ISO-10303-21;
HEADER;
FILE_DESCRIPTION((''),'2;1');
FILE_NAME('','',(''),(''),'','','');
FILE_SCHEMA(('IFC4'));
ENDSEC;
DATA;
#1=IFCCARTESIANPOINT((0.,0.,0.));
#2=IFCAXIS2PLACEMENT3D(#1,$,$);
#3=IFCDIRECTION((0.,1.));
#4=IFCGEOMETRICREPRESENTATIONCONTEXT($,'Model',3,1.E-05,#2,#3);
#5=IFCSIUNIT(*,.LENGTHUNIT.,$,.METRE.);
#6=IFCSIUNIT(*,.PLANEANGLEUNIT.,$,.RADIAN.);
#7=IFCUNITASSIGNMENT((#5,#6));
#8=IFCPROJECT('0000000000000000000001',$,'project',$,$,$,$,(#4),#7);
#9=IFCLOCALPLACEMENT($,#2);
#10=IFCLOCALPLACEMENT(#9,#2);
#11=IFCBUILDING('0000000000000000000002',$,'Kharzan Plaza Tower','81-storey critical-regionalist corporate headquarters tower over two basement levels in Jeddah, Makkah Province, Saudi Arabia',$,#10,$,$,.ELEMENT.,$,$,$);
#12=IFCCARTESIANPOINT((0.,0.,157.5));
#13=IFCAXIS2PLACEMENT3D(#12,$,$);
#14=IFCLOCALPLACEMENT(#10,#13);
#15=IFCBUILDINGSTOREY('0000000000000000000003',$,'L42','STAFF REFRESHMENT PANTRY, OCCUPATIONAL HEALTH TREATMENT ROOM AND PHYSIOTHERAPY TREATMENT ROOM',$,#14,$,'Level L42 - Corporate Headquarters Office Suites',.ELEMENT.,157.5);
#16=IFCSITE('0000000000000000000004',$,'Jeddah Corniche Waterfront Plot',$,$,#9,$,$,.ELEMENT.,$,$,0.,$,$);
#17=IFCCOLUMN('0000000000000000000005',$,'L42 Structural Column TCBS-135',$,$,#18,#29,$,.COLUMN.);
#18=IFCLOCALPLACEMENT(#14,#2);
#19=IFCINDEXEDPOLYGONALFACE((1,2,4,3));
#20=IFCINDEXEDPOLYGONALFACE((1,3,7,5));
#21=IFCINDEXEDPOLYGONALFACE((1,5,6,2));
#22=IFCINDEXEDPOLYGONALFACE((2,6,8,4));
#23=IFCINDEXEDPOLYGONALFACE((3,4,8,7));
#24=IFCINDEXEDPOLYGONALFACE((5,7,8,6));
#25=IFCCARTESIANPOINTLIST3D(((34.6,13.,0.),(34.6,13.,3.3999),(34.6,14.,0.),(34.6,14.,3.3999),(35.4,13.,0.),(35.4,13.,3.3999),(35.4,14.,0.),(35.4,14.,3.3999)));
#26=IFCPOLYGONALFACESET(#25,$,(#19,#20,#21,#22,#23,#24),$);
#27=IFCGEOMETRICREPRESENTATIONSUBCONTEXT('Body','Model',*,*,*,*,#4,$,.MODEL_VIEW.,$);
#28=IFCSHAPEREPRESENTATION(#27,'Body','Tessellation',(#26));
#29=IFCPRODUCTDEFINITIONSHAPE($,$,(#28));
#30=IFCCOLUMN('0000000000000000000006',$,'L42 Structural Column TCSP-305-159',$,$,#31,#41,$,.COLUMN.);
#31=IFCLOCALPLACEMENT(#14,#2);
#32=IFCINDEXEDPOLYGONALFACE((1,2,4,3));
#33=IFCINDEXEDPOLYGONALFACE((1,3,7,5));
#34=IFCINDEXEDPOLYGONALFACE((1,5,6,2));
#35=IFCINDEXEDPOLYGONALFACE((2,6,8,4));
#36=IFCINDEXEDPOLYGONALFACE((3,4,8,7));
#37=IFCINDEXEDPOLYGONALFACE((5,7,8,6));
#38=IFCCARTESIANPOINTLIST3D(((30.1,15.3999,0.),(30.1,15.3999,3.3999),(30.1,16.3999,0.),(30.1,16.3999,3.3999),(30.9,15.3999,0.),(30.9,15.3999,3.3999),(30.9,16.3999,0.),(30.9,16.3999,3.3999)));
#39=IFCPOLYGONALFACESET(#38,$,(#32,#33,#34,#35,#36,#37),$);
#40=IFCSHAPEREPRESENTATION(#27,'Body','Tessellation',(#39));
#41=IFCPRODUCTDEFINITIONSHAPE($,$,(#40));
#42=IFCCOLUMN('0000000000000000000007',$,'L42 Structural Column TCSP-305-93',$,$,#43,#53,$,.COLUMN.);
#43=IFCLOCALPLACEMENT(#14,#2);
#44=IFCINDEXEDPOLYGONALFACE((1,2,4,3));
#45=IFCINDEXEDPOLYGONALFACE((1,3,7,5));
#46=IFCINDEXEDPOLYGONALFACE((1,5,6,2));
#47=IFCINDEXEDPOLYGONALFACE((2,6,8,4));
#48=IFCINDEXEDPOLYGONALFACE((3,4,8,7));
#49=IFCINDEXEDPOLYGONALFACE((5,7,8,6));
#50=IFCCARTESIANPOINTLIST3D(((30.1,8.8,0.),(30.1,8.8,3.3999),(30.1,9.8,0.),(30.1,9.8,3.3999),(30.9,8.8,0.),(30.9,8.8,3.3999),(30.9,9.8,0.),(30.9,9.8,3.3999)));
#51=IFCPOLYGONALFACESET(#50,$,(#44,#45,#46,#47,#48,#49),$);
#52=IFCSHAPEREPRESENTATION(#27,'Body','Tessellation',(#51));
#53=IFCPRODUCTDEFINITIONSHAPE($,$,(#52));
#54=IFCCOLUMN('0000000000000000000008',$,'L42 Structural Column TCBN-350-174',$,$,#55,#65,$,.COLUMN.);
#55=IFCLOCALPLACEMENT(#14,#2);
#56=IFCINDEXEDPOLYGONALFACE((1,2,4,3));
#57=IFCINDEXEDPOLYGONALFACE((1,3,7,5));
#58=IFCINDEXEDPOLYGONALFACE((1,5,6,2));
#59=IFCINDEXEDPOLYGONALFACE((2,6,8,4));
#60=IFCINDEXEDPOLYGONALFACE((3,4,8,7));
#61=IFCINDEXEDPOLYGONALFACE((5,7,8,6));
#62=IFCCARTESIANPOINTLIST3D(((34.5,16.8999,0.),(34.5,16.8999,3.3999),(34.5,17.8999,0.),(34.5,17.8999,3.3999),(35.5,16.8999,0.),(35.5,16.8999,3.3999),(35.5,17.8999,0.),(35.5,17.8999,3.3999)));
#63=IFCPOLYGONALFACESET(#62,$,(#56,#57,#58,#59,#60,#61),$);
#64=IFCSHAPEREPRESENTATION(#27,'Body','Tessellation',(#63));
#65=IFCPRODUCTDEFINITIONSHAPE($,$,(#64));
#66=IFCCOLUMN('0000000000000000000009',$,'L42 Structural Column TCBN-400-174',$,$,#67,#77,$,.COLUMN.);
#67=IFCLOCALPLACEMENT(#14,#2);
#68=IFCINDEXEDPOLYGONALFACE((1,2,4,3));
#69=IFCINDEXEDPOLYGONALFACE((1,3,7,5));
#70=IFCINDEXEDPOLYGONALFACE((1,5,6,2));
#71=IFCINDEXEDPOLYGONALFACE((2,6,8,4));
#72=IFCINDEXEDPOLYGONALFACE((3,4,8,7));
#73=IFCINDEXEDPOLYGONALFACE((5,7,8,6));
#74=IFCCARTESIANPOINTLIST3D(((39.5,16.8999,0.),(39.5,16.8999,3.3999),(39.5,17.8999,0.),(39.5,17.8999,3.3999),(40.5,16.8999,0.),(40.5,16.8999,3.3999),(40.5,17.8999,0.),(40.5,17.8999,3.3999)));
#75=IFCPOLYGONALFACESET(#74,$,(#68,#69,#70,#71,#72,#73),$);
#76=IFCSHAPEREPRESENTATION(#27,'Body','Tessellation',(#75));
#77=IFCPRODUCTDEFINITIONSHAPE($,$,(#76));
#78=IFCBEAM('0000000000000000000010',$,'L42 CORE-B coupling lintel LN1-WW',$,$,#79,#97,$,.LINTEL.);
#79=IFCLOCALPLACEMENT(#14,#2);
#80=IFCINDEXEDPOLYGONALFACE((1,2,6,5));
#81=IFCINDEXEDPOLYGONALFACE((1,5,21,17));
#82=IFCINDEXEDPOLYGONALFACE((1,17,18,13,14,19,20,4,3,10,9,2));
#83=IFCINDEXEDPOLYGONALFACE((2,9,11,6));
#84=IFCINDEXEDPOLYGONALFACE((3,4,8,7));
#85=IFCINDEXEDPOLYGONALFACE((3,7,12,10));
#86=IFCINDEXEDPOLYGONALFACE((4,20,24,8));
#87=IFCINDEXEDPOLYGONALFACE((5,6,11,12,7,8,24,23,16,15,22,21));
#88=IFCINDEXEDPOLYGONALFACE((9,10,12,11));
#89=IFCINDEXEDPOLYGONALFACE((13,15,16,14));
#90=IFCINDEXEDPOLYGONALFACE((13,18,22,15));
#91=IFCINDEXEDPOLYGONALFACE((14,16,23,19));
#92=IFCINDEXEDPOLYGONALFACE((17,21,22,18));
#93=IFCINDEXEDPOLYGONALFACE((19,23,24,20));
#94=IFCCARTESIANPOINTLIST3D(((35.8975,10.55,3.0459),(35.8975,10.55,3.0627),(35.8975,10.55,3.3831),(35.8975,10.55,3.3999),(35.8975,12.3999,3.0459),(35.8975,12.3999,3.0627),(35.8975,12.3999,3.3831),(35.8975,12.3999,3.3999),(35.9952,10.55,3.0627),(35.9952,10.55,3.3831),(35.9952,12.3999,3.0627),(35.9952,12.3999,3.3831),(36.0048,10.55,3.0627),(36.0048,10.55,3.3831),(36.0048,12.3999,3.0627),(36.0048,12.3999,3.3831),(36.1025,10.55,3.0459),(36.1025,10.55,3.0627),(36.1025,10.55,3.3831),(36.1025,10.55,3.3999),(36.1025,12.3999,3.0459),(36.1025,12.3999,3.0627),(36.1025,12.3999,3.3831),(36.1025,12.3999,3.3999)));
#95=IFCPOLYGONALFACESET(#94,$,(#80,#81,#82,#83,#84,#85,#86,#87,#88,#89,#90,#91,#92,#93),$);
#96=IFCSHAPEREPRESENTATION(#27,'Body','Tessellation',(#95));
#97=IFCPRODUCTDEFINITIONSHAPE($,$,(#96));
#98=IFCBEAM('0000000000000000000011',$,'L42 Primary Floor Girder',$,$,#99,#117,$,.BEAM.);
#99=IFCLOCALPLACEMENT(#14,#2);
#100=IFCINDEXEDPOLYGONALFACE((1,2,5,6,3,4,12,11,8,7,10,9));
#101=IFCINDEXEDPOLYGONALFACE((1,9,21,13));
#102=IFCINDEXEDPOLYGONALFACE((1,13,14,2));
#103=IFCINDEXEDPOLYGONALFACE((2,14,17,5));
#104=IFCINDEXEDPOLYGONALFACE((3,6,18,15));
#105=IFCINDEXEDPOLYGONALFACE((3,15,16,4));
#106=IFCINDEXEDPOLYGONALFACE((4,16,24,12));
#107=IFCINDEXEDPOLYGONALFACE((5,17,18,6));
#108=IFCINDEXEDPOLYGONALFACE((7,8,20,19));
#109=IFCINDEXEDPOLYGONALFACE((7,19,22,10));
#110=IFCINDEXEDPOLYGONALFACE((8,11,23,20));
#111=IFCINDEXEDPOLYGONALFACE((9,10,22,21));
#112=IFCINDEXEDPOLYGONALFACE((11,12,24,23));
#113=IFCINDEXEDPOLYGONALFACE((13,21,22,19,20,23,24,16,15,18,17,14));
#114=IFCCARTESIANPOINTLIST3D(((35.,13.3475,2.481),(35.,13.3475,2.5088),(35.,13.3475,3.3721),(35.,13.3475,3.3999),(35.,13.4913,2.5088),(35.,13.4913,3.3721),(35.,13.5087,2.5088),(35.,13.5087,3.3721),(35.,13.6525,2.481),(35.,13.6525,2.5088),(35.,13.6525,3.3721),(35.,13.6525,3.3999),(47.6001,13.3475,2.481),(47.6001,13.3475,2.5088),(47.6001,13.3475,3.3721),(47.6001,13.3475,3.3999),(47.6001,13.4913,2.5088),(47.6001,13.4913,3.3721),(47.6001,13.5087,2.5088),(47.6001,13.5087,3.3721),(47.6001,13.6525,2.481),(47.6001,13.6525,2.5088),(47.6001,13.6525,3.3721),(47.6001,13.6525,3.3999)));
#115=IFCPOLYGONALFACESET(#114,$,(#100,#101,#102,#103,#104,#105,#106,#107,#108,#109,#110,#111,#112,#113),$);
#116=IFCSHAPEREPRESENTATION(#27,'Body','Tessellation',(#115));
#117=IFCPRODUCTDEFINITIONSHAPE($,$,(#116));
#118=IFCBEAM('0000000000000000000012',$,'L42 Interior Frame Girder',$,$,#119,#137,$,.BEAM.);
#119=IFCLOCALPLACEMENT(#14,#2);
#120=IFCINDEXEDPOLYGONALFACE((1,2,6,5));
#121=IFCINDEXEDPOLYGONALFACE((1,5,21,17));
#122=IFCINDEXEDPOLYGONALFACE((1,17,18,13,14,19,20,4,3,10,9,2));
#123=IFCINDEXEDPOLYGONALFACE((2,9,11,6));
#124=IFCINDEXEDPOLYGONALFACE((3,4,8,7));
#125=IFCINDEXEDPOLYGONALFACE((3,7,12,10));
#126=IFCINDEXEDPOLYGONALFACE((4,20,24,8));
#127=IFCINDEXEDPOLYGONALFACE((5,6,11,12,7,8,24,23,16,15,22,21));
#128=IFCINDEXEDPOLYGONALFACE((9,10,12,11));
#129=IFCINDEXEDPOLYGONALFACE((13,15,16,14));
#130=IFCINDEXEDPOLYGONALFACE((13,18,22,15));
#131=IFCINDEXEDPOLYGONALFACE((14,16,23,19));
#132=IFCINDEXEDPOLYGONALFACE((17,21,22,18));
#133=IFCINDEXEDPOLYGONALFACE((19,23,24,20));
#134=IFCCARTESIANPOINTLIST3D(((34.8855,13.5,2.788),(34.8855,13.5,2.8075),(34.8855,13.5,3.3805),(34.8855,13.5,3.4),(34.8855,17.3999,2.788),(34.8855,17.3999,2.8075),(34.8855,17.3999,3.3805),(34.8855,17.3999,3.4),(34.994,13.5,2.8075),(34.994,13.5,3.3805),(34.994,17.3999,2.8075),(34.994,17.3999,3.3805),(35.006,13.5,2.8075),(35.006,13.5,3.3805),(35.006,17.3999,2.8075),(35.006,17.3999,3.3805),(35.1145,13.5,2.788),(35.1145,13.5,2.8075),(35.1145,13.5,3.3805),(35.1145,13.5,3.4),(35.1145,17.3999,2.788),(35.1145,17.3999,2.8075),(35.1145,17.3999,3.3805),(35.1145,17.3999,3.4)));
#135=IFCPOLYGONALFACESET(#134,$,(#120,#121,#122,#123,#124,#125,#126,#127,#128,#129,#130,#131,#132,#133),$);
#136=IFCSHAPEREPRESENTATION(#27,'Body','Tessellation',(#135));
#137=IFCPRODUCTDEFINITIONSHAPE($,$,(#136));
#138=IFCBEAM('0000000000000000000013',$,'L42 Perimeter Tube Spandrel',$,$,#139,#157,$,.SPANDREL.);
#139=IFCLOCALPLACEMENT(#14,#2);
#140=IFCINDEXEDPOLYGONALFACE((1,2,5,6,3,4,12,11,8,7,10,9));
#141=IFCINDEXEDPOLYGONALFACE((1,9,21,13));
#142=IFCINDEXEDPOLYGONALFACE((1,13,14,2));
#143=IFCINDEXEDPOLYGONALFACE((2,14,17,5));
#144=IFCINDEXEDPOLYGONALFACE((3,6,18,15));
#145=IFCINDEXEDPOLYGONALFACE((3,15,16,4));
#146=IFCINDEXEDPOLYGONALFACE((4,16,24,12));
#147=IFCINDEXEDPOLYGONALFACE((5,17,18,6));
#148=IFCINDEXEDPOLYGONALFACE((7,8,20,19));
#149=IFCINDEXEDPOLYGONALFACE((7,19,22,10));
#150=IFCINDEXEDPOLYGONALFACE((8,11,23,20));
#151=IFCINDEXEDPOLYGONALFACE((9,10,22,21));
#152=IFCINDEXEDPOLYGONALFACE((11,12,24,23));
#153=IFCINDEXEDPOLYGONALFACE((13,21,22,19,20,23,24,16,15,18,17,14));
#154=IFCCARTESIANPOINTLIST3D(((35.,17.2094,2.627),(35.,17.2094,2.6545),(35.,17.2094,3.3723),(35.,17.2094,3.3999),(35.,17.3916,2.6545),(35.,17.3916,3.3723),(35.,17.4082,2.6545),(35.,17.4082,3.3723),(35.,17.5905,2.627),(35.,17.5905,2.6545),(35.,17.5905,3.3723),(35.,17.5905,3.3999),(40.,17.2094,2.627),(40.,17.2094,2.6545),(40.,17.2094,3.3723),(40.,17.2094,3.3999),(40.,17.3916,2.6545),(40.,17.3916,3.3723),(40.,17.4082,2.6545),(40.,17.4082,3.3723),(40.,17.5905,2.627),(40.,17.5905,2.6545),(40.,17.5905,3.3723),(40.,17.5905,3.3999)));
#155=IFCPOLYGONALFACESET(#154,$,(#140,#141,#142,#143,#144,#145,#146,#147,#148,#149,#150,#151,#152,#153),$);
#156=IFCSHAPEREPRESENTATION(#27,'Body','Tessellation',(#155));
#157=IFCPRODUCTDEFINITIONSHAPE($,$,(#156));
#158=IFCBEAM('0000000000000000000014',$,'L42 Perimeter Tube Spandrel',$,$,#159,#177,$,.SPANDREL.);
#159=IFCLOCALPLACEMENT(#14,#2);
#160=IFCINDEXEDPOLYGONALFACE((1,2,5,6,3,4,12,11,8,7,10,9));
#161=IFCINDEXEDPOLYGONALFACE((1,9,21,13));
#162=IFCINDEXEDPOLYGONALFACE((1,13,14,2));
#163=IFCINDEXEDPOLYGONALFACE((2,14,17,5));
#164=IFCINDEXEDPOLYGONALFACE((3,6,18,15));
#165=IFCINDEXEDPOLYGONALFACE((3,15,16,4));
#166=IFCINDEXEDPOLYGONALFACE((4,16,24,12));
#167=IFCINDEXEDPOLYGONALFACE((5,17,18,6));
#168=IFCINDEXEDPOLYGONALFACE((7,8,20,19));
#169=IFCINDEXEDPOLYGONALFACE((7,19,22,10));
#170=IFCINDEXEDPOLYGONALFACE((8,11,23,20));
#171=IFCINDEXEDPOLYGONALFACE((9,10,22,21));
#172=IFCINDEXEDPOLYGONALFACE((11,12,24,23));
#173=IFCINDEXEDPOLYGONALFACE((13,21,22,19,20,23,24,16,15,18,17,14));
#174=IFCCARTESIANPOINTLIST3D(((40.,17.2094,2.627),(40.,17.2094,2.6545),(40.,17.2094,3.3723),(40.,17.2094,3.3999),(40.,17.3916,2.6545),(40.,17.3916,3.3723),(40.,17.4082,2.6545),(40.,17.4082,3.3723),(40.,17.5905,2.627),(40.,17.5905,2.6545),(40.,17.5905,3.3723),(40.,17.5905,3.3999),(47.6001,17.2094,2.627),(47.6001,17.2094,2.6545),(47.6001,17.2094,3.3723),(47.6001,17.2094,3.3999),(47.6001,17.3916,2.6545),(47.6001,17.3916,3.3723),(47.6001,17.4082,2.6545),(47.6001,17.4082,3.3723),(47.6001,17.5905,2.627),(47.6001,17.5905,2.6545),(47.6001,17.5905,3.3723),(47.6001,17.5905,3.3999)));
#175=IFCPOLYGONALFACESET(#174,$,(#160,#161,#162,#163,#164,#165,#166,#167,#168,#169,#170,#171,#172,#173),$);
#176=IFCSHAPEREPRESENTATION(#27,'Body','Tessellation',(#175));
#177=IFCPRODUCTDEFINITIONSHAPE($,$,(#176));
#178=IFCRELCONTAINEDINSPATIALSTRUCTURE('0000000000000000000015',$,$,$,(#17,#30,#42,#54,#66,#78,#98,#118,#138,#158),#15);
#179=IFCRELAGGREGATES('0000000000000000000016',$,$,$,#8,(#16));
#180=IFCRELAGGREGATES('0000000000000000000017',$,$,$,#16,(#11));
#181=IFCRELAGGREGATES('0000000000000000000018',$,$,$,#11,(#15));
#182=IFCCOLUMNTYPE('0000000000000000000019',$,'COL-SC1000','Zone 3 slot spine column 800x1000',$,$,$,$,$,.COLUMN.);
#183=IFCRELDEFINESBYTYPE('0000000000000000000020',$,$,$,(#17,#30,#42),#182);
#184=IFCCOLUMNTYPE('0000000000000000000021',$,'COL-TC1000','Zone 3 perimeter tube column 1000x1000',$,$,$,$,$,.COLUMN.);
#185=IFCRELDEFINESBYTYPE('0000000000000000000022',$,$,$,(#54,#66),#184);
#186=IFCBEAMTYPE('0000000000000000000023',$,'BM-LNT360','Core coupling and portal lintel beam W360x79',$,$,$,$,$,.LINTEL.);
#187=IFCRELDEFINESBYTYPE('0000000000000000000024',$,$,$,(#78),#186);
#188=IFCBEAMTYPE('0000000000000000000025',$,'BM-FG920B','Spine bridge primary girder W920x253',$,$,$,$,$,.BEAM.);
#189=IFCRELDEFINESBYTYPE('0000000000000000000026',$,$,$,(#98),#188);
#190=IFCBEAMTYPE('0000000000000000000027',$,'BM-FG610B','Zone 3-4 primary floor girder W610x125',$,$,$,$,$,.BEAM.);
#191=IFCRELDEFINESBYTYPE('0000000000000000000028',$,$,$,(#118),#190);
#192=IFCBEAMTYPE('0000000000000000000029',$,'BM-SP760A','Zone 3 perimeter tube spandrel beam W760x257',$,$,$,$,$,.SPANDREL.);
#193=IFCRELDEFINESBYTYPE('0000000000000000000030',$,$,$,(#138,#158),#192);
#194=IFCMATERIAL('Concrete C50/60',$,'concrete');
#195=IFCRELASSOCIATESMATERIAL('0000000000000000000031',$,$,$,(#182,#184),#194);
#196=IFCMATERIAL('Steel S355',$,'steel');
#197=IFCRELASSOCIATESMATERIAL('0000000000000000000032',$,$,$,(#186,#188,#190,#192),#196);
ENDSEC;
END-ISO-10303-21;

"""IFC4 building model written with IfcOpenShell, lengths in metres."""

from ifc_helpers import new_model, si_unit, direction, frame, origin, origin_2d, place, context, subcontext, project, spatial, rectangle, i_section, extrude, source, transform, mapped, material, material_profile, profile_set, type_object, element, save


model = new_model("IFC4")

# Units and contexts
model_context = context("Model", 3, precision=1e-05, world=origin(), true_north=direction((0.0, 1.0)))
body_context = subcontext(model_context, "Body", "Model", "MODEL_VIEW")
ifc_project = project(units=[si_unit("LENGTHUNIT", "METRE"), si_unit("PLANEANGLEUNIT", "RADIAN")], contexts=[model_context])

# Site, building, storey
site_placement = place(None, origin())
site = spatial("IfcSite", under=ifc_project, at=site_placement, Name="Jeddah Corniche Waterfront Plot", CompositionType="ELEMENT", RefElevation=0.0)
building_placement = place(site_placement, origin())
building = spatial("IfcBuilding", under=site, at=building_placement, Name="Kharzan Plaza Tower", Description="81-storey critical-regionalist corporate headquarters tower over two basement levels in Jeddah, Makkah Province, Saudi Arabia", CompositionType="ELEMENT")
storey_placement = place(building_placement, frame((0.0, 0.0, 157.5)))
storey = spatial("IfcBuildingStorey", under=building, at=storey_placement, Name="L42", Description="STAFF REFRESHMENT PANTRY, OCCUPATIONAL HEALTH TREATMENT ROOM AND PHYSIOTHERAPY TREATMENT ROOM", LongName="Level L42 - Corporate Headquarters Office Suites", CompositionType="ELEMENT", Elevation=157.5)

# Columns
ifc_material_1 = material(Name="Concrete C50/60", Category="concrete")
ifc_material_profile_1 = material_profile(ifc_material_1, rectangle(XDim=0.8, YDim=1.0, at=origin_2d()), Name="RC-SC1000x800")
ifc_profile_set_1 = profile_set([ifc_material_profile_1], Name="Concrete C50/60")
column_type_1 = type_object("IfcColumnType", Name="COL-SC1000", Description="Zone 3 slot spine column 800x1000", PredefinedType="COLUMN", material=ifc_profile_set_1)
shared_shape_1 = source(origin(), body_context, "Body", "SweptSolid", [
    extrude(rectangle(XDim=0.8, YDim=1.0, at=origin_2d()), origin(), (0.0, 0.0, 1.0), 3.3999),
])
for number, where, z_axis, x_axis, name in (
    (1, (35.0, 13.5, 0.0), (0.0, 0.0, 1.0), (1.0, 0.0, 0.0), "L42 Structural Column TCBS-135"),
    (2, (30.5, 15.8999, 0.0), (0.0, 0.0, 1.0), (1.0, 0.0, 0.0), "L42 Structural Column TCSP-305-159"),
    (3, (30.5, 9.3, 0.0), (0.0, 0.0, 1.0), (1.0, 0.0, 0.0), "L42 Structural Column TCSP-305-93"),
):
    element("IfcColumn", number, at=place(storey_placement, frame(where, z_axis=z_axis, x_axis=x_axis)), inside=storey, type_object=column_type_1, Name=name, PredefinedType="COLUMN", context=body_context, shape_type="MappedRepresentation", body=[
        mapped(shared_shape_1, transform((0.0, 0.0, 0.0), x_axis=(1.0, 0.0, 0.0), y_axis=(0.0, 1.0, 0.0), z_axis=(0.0, 0.0, 1.0))),
    ])
ifc_material_profile_2 = material_profile(ifc_material_1, rectangle(XDim=1.0, YDim=1.0, at=origin_2d()), Name="RC-TC1000x1000")
ifc_profile_set_2 = profile_set([ifc_material_profile_2], Name="Concrete C50/60")
column_type_2 = type_object("IfcColumnType", Name="COL-TC1000", Description="Zone 3 perimeter tube column 1000x1000", PredefinedType="COLUMN", material=ifc_profile_set_2)
shared_shape_2 = source(origin(), body_context, "Body", "SweptSolid", [
    extrude(rectangle(XDim=1.0, YDim=1.0, at=origin_2d()), origin(), (0.0, 0.0, 1.0), 3.3999),
])
for number, where, z_axis, x_axis, name in (
    (4, (35.0, 17.3999, 0.0), (0.0, 0.0, 1.0), (1.0, 0.0, 0.0), "L42 Structural Column TCBN-350-174"),
    (5, (40.0, 17.3999, 0.0), (0.0, 0.0, 1.0), (1.0, 0.0, 0.0), "L42 Structural Column TCBN-400-174"),
):
    element("IfcColumn", number, at=place(storey_placement, frame(where, z_axis=z_axis, x_axis=x_axis)), inside=storey, type_object=column_type_2, Name=name, PredefinedType="COLUMN", context=body_context, shape_type="MappedRepresentation", body=[
        mapped(shared_shape_2, transform((0.0, 0.0, 0.0), x_axis=(1.0, 0.0, 0.0), y_axis=(0.0, 1.0, 0.0), z_axis=(0.0, 0.0, 1.0))),
    ])

# Beams
ifc_material_2 = material(Name="Steel S355", Category="steel")
ifc_material_profile_3 = material_profile(ifc_material_2, i_section(OverallWidth=0.2051, OverallDepth=0.354, WebThickness=0.0095, FlangeThickness=0.0168, at=origin_2d()), Name="W360x79")
ifc_profile_set_3 = profile_set([ifc_material_profile_3], Name="Steel S355")
beam_type_1 = type_object("IfcBeamType", Name="BM-LNT360", Description="Core coupling and portal lintel beam W360x79", PredefinedType="LINTEL", material=ifc_profile_set_3)
shared_shape_3 = source(origin(), body_context, "Body", "SweptSolid", [
    extrude(i_section(OverallWidth=0.2051, OverallDepth=0.354, WebThickness=0.0095, FlangeThickness=0.0168, at=origin_2d()), origin(), (0.0, 0.0, 1.0), 1.8499),
])
beam_1_placement = place(storey_placement, frame((36.0, 10.55, 3.2229), z_axis=(0.0, 1.0, 0.0), x_axis=(-1.0, 0.0, 0.0)))
element("IfcBeam", 6, at=beam_1_placement, inside=storey, type_object=beam_type_1, Name="L42 CORE-B coupling lintel LN1-WW", PredefinedType="LINTEL", context=body_context, shape_type="MappedRepresentation", body=[
    mapped(shared_shape_3, transform((0.0, 0.0, 0.0), x_axis=(1.0, 0.0, 0.0), y_axis=(0.0, 1.0, 0.0), z_axis=(0.0, 0.0, 1.0))),
])
ifc_material_profile_4 = material_profile(ifc_material_2, i_section(OverallWidth=0.3049, OverallDepth=0.9189, WebThickness=0.0173, FlangeThickness=0.0278, at=origin_2d()), Name="W920x253")
ifc_profile_set_4 = profile_set([ifc_material_profile_4], Name="Steel S355")
beam_type_2 = type_object("IfcBeamType", Name="BM-FG920B", Description="Spine bridge primary girder W920x253", PredefinedType="BEAM", material=ifc_profile_set_4)
shared_shape_4 = source(origin(), body_context, "Body", "SweptSolid", [
    extrude(i_section(OverallWidth=0.3049, OverallDepth=0.9189, WebThickness=0.0173, FlangeThickness=0.0278, at=origin_2d()), origin(), (0.0, 0.0, 1.0), 12.6001),
])
beam_2_placement = place(storey_placement, frame((35.0, 13.5, 2.9404), z_axis=(1.0, 0.0, 0.0), x_axis=(0.0, 1.0, 0.0)))
element("IfcBeam", 7, at=beam_2_placement, inside=storey, type_object=beam_type_2, Name="L42 Primary Floor Girder", PredefinedType="BEAM", context=body_context, shape_type="MappedRepresentation", body=[
    mapped(shared_shape_4, transform((0.0, 0.0, 0.0), x_axis=(1.0, 0.0, 0.0), y_axis=(0.0, 1.0, 0.0), z_axis=(0.0, 0.0, 1.0))),
])
ifc_material_profile_5 = material_profile(ifc_material_2, i_section(OverallWidth=0.229, OverallDepth=0.6121, WebThickness=0.012, FlangeThickness=0.0195, at=origin_2d()), Name="W610x125")
ifc_profile_set_5 = profile_set([ifc_material_profile_5], Name="Steel S355")
beam_type_3 = type_object("IfcBeamType", Name="BM-FG610B", Description="Zone 3-4 primary floor girder W610x125", PredefinedType="BEAM", material=ifc_profile_set_5)
shared_shape_5 = source(origin(), body_context, "Body", "SweptSolid", [
    extrude(i_section(OverallWidth=0.229, OverallDepth=0.6121, WebThickness=0.012, FlangeThickness=0.0195, at=origin_2d()), origin(), (0.0, 0.0, 1.0), 3.8999),
])
beam_3_placement = place(storey_placement, frame((35.0, 13.5, 3.094), z_axis=(0.0, 1.0, 0.0), x_axis=(-1.0, 0.0, 0.0)))
element("IfcBeam", 8, at=beam_3_placement, inside=storey, type_object=beam_type_3, Name="L42 Interior Frame Girder", PredefinedType="BEAM", context=body_context, shape_type="MappedRepresentation", body=[
    mapped(shared_shape_5, transform((0.0, 0.0, 0.0), x_axis=(1.0, 0.0, 0.0), y_axis=(0.0, 1.0, 0.0), z_axis=(0.0, 0.0, 1.0))),
])
ifc_material_profile_6 = material_profile(ifc_material_2, i_section(OverallWidth=0.3811, OverallDepth=0.7729, WebThickness=0.0166, FlangeThickness=0.0276, at=origin_2d()), Name="W760x257")
ifc_profile_set_6 = profile_set([ifc_material_profile_6], Name="Steel S355")
beam_type_4 = type_object("IfcBeamType", Name="BM-SP760A", Description="Zone 3 perimeter tube spandrel beam W760x257", PredefinedType="SPANDREL", material=ifc_profile_set_6)
shared_shape_6 = source(origin(), body_context, "Body", "SweptSolid", [
    extrude(i_section(OverallWidth=0.3811, OverallDepth=0.7729, WebThickness=0.0166, FlangeThickness=0.0276, at=origin_2d()), origin(), (0.0, 0.0, 1.0), 5.0),
])
beam_4_placement = place(storey_placement, frame((35.0, 17.3999, 3.0134), z_axis=(1.0, 0.0, 0.0), x_axis=(0.0, 1.0, 0.0)))
element("IfcBeam", 9, at=beam_4_placement, inside=storey, type_object=beam_type_4, Name="L42 Perimeter Tube Spandrel", PredefinedType="SPANDREL", context=body_context, shape_type="MappedRepresentation", body=[
    mapped(shared_shape_6, transform((0.0, 0.0, 0.0), x_axis=(1.0, 0.0, 0.0), y_axis=(0.0, 1.0, 0.0), z_axis=(0.0, 0.0, 1.0))),
])
shared_shape_7 = source(origin(), body_context, "Body", "SweptSolid", [
    extrude(i_section(OverallWidth=0.3811, OverallDepth=0.7729, WebThickness=0.0166, FlangeThickness=0.0276, at=origin_2d()), origin(), (0.0, 0.0, 1.0), 7.6001),
])
beam_5_placement = place(storey_placement, frame((40.0, 17.3999, 3.0134), z_axis=(1.0, 0.0, 0.0), x_axis=(0.0, 1.0, 0.0)))
element("IfcBeam", 10, at=beam_5_placement, inside=storey, type_object=beam_type_4, Name="L42 Perimeter Tube Spandrel", PredefinedType="SPANDREL", context=body_context, shape_type="MappedRepresentation", body=[
    mapped(shared_shape_7, transform((0.0, 0.0, 0.0), x_axis=(1.0, 0.0, 0.0), y_axis=(0.0, 1.0, 0.0), z_axis=(0.0, 0.0, 1.0))),
])

save(model, "model.ifc")
